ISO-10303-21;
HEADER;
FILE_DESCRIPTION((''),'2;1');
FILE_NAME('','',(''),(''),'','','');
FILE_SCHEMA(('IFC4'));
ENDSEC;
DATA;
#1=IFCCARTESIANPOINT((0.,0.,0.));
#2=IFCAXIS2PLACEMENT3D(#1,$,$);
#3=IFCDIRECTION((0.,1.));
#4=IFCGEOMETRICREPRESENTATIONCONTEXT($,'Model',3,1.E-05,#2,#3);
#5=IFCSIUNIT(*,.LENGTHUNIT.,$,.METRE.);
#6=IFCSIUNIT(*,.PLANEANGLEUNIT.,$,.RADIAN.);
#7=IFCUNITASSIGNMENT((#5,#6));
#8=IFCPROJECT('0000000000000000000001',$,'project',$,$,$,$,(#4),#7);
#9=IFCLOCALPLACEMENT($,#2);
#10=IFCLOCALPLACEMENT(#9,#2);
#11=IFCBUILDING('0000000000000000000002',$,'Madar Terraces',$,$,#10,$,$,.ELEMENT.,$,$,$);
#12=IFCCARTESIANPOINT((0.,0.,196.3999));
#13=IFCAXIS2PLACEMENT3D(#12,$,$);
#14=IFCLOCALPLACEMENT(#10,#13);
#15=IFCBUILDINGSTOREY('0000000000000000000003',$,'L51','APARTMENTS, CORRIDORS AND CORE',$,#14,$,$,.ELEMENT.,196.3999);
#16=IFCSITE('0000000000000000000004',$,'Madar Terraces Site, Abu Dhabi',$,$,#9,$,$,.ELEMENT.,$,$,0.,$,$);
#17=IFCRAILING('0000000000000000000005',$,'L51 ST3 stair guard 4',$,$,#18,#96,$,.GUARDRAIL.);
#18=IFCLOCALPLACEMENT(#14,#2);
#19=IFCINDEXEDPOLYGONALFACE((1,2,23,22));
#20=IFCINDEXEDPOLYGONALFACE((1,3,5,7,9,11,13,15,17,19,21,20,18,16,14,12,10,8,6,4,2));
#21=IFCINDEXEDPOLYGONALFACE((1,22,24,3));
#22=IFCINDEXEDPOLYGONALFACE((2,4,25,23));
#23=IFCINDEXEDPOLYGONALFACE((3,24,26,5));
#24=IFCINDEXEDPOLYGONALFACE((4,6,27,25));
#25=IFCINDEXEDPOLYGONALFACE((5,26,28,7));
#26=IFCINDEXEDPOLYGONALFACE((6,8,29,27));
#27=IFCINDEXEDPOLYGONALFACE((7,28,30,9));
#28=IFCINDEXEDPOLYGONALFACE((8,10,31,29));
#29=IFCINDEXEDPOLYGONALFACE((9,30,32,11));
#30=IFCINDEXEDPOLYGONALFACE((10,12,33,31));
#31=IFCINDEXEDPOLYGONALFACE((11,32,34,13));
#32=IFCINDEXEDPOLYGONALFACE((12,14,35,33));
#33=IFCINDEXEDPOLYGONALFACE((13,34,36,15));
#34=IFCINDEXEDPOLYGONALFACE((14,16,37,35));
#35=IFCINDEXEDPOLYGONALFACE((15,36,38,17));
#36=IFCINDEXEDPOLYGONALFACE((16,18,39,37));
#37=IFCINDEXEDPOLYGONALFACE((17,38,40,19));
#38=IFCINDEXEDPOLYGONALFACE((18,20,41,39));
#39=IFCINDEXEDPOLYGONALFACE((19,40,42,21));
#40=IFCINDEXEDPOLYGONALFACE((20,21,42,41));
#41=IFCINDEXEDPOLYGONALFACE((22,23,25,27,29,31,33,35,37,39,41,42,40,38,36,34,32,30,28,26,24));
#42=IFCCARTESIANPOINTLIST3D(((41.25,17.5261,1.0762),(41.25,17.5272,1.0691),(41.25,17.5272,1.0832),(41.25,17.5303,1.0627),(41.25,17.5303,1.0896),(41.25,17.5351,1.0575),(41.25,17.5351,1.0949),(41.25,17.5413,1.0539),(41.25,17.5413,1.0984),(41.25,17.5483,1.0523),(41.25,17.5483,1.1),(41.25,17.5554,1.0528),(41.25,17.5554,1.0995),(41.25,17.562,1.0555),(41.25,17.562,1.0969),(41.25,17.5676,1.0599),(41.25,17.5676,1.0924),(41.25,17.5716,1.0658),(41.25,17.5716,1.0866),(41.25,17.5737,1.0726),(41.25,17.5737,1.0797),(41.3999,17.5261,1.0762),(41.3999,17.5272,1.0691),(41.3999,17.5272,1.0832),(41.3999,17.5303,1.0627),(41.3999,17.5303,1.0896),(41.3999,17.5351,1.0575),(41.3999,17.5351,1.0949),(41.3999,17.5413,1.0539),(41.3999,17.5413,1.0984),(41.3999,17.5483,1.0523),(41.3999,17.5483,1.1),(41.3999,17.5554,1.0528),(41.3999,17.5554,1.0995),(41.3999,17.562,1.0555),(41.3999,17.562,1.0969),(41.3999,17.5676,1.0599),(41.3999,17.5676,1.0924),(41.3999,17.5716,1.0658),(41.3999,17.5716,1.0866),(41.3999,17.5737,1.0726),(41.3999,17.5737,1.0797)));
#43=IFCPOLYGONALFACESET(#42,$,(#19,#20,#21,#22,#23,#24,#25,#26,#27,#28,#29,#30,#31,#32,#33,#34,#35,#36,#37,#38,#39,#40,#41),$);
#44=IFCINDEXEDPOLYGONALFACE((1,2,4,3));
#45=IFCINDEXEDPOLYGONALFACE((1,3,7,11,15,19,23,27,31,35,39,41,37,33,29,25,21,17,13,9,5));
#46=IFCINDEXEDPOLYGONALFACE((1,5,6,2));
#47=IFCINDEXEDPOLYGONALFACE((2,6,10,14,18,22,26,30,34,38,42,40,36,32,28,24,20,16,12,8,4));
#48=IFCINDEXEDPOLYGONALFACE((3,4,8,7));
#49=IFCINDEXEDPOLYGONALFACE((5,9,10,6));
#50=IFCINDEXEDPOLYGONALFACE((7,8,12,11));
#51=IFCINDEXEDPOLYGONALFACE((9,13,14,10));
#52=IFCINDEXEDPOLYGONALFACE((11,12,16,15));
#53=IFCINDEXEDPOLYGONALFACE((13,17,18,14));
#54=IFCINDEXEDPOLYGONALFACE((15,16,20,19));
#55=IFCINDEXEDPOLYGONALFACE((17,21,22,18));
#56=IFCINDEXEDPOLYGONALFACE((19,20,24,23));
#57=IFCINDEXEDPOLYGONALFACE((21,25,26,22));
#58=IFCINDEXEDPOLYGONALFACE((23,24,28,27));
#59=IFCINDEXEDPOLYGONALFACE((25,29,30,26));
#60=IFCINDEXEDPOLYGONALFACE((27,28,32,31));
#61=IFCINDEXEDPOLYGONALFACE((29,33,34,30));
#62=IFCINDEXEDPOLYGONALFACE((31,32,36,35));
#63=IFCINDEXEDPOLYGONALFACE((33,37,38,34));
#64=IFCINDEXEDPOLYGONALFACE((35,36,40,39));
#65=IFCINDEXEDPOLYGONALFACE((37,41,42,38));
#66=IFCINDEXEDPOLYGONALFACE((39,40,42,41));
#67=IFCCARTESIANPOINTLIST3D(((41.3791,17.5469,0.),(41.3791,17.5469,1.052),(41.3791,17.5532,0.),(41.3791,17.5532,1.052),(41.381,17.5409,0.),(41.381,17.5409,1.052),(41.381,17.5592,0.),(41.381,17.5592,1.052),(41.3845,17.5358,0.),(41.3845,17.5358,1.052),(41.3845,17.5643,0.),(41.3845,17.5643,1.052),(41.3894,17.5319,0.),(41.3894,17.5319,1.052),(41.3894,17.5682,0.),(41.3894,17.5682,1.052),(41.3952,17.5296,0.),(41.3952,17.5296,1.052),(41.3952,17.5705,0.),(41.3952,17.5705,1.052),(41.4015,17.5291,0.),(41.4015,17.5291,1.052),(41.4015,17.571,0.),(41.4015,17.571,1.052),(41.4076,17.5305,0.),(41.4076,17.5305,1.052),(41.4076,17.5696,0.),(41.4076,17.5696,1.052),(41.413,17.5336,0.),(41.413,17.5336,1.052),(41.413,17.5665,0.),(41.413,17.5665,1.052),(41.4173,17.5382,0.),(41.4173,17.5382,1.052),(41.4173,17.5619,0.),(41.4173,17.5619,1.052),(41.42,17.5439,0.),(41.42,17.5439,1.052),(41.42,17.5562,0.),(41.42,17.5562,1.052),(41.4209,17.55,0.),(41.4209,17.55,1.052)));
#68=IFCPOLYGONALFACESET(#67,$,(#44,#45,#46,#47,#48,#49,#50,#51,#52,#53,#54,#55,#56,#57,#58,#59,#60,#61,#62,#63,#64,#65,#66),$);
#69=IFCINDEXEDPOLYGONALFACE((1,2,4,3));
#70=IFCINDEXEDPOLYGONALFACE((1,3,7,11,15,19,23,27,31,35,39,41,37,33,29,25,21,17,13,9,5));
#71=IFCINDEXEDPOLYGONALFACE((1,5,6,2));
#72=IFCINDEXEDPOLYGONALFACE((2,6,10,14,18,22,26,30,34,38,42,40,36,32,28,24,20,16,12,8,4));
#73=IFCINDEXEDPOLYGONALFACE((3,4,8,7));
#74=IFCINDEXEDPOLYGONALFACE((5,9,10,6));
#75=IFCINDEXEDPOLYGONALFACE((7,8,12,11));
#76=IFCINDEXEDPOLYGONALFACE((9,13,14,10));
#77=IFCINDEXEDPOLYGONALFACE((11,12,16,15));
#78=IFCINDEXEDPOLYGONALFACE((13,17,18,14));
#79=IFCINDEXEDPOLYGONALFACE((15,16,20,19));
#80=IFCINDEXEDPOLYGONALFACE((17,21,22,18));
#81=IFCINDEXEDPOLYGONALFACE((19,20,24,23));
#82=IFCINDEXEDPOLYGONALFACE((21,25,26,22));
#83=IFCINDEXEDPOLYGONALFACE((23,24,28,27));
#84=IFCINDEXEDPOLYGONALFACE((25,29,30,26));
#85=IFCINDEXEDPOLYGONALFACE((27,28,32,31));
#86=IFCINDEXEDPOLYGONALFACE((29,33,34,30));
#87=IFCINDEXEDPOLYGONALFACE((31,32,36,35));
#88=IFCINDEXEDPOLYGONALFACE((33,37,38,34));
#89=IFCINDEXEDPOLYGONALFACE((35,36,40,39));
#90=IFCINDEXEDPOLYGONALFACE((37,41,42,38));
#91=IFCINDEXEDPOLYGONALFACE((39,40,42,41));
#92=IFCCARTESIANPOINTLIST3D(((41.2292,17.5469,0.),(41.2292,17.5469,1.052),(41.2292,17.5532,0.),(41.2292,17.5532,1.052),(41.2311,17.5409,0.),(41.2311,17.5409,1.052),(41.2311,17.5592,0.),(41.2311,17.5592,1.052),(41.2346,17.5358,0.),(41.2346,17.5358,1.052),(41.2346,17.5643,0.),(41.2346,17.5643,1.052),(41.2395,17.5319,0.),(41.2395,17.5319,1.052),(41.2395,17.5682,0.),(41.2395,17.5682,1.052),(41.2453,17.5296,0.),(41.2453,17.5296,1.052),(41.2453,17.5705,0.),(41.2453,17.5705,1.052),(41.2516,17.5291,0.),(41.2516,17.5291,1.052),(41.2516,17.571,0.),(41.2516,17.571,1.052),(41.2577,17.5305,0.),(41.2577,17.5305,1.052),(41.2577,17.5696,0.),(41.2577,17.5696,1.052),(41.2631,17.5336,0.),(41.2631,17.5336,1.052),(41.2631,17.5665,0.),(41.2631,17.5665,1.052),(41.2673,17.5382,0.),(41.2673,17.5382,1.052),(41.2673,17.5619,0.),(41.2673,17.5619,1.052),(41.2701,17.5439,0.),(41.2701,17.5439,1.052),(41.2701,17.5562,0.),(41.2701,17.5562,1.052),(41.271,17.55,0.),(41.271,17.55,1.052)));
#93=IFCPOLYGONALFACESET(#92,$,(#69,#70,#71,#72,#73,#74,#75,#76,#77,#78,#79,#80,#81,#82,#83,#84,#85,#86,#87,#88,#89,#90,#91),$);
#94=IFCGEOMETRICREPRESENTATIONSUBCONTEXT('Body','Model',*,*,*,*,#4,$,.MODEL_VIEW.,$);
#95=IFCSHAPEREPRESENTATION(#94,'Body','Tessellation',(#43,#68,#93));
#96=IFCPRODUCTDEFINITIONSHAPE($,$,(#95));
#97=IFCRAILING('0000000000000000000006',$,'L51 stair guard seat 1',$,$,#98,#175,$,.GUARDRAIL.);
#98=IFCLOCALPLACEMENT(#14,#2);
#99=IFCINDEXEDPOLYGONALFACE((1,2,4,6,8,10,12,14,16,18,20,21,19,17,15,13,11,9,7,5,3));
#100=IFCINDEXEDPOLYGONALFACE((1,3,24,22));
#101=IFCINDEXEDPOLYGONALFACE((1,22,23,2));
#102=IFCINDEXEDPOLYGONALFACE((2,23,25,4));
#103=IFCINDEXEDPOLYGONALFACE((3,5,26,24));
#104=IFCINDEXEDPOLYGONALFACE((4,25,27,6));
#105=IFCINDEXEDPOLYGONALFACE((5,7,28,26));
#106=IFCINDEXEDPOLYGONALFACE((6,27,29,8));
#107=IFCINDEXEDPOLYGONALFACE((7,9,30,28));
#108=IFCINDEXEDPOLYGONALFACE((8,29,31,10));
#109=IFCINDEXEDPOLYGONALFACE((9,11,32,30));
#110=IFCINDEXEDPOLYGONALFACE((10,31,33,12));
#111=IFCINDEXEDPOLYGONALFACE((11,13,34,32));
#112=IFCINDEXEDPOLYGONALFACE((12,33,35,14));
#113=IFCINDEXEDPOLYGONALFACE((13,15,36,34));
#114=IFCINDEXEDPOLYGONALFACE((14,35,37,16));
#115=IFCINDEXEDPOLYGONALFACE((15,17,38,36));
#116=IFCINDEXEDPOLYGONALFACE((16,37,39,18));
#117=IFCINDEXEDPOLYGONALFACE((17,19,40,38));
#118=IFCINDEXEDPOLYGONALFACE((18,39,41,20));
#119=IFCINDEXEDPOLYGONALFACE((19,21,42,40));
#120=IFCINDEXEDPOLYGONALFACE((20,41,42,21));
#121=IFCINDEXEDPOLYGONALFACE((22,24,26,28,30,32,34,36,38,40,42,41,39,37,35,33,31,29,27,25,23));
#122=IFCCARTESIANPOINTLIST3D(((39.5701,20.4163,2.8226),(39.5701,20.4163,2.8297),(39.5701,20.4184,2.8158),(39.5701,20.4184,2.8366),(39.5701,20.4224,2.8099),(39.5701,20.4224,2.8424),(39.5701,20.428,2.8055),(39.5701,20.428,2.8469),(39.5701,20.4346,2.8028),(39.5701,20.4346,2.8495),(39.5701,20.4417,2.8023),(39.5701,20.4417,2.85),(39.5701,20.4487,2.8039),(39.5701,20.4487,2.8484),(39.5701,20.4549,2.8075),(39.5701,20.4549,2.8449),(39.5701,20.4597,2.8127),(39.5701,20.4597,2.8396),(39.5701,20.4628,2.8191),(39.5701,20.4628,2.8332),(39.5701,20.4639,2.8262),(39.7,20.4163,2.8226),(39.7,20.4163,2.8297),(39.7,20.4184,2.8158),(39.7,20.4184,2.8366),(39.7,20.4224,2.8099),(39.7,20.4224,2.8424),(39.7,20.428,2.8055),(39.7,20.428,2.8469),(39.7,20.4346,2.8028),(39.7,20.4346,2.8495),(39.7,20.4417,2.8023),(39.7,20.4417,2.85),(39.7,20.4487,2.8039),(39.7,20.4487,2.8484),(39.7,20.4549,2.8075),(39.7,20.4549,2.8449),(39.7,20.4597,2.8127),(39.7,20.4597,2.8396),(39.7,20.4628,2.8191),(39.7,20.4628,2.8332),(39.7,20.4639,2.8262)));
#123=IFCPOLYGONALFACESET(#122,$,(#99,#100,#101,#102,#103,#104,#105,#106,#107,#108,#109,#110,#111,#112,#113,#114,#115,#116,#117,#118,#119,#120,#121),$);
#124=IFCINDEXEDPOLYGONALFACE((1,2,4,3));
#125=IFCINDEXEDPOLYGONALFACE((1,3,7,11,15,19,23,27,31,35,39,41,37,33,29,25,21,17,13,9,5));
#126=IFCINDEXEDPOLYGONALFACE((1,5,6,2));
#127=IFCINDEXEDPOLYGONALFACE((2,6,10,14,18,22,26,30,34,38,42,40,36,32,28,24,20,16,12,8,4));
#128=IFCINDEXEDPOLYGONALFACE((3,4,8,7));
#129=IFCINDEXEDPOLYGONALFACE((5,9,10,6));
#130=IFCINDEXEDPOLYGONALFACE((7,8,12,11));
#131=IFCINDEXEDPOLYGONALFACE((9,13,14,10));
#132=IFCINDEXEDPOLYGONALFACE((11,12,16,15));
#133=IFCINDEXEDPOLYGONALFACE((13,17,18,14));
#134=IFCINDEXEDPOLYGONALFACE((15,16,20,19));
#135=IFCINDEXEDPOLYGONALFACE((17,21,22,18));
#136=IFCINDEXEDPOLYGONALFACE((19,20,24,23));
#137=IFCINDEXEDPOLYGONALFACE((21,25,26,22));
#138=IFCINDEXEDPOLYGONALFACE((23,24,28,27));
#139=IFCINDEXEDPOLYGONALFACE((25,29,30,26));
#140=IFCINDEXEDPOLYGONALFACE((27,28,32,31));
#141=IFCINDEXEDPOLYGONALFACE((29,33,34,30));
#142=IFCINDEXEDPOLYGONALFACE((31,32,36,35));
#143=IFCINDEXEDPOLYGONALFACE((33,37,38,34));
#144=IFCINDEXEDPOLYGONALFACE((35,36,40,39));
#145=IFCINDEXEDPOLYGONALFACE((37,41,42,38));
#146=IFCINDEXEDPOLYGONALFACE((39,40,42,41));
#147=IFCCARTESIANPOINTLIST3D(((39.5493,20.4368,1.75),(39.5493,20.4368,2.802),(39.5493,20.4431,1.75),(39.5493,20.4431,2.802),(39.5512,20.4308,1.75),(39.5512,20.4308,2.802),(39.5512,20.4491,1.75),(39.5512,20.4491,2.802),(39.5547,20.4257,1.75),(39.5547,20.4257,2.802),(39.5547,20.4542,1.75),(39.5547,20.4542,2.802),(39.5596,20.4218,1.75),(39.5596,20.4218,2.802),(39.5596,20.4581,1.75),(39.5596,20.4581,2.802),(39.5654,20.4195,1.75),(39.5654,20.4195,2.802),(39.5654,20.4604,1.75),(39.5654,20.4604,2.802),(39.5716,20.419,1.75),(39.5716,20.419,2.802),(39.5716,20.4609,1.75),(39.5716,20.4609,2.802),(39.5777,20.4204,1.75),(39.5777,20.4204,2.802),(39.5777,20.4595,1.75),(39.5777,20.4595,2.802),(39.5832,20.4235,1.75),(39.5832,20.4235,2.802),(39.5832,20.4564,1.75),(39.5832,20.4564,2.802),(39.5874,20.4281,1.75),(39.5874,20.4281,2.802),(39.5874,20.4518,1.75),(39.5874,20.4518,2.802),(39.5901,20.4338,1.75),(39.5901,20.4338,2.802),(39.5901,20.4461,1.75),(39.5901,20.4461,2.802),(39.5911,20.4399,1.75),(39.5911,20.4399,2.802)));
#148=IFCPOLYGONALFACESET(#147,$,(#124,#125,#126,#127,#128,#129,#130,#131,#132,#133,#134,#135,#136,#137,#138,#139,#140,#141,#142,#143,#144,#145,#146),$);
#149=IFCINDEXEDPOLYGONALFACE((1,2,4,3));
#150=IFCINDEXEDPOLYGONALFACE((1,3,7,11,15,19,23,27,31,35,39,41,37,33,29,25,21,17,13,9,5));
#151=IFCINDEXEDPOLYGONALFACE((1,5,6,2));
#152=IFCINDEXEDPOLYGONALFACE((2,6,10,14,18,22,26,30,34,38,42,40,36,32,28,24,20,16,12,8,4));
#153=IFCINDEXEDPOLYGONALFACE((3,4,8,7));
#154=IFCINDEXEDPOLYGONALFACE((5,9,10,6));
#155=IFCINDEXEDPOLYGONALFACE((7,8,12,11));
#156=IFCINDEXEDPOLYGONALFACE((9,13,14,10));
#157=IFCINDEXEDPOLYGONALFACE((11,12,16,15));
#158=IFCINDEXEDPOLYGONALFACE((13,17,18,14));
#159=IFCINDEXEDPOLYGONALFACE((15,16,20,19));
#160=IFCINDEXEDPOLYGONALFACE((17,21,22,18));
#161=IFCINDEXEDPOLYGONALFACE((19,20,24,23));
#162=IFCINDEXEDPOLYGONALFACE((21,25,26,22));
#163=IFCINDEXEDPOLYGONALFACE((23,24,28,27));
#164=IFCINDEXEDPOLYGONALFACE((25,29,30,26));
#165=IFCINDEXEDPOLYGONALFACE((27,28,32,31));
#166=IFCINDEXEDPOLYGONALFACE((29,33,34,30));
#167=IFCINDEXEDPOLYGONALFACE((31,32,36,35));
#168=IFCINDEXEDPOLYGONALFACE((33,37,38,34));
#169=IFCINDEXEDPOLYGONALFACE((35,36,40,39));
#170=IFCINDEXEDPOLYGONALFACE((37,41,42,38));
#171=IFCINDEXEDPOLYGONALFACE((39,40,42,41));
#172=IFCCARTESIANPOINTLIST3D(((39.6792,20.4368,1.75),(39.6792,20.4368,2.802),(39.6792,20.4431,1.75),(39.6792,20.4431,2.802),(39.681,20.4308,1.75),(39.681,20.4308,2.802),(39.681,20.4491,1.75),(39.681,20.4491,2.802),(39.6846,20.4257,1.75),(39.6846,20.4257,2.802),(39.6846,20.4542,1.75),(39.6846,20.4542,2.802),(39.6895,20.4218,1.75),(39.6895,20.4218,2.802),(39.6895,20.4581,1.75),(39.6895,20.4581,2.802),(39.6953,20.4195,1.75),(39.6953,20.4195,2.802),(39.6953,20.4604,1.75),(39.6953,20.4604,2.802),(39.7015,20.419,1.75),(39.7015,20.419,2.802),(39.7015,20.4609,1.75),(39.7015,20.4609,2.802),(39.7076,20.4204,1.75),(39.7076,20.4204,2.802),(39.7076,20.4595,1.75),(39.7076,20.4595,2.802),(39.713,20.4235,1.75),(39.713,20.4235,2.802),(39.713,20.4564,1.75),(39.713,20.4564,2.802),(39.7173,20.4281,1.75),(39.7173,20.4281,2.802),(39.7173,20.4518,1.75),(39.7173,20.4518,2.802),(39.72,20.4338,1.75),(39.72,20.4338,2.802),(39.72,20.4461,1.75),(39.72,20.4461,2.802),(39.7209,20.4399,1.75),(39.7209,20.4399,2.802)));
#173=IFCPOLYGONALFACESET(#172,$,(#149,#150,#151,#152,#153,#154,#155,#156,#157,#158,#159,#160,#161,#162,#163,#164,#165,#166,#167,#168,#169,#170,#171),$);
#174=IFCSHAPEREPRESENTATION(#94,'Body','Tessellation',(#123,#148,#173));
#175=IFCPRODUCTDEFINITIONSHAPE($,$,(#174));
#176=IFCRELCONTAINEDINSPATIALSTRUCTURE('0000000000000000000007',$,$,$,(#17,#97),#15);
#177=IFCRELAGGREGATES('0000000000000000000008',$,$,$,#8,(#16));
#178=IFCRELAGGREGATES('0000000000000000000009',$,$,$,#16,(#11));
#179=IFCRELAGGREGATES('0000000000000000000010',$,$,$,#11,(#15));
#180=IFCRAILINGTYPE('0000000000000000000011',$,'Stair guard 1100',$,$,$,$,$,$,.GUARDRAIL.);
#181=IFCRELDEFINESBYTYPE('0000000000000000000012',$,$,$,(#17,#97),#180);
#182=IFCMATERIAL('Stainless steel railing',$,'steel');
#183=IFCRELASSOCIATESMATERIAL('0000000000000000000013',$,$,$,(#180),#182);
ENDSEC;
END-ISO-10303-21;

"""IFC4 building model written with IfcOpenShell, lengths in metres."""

from ifc_helpers import new_model, si_unit, direction, frame, origin, origin_2d, place, context, subcontext, project, spatial, circle, extrude, material, type_object, element, save


model = new_model("IFC4")

# Units and contexts
model_context = context("Model", 3, precision=1e-05, world=origin(), true_north=direction((0.0, 1.0)))
body_context = subcontext(model_context, "Body", "Model", "MODEL_VIEW")
ifc_project = project(units=[si_unit("LENGTHUNIT", "METRE"), si_unit("PLANEANGLEUNIT", "RADIAN")], contexts=[model_context])

# Site, building, storey
site_placement = place(None, origin())
site = spatial("IfcSite", under=ifc_project, at=site_placement, Name="Madar Terraces Site, Abu Dhabi", CompositionType="ELEMENT", RefElevation=0.0)
building_placement = place(site_placement, origin())
building = spatial("IfcBuilding", under=site, at=building_placement, Name="Madar Terraces", CompositionType="ELEMENT")
storey_placement = place(building_placement, frame((0.0, 0.0, 196.3999)))
storey = spatial("IfcBuildingStorey", under=building, at=storey_placement, Name="L51", Description="APARTMENTS, CORRIDORS AND CORE", CompositionType="ELEMENT", Elevation=196.3999)

# Railings
ifc_material_1 = material(Name="Stainless steel railing", Category="steel")
railing_type_1 = type_object("IfcRailingType", Name="Stair guard 1100", PredefinedType="GUARDRAIL", material=ifc_material_1)
railing_1_placement = place(storey_placement, frame((41.3999, 17.55, 0.0)))
element("IfcRailing", 1, at=railing_1_placement, inside=storey, type_object=railing_type_1, Name="L51 ST3 stair guard 4", PredefinedType="GUARDRAIL", context=body_context, shape_type="SweptSolid", body=[
    extrude(circle(Radius=0.0239, at=origin_2d()), frame((0.0, 0.0, 1.0762), z_axis=(-1.0, 0.0, 0.0), x_axis=(0.0, -1.0, 0.0)), (0.0, 0.0, 1.0), 0.1499),
    extrude(circle(Radius=0.021, at=origin_2d()), origin(), (0.0, 0.0, 1.0), 1.052),
    extrude(circle(Radius=0.021, at=origin_2d()), frame((-0.1499, 0.0, 0.0)), (0.0, 0.0, 1.0), 1.052),
])
railing_2_placement = place(storey_placement, frame((39.5701, 20.4399, 1.75)))
element("IfcRailing", 2, at=railing_2_placement, inside=storey, type_object=railing_type_1, Name="L51 stair guard seat 1", PredefinedType="GUARDRAIL", context=body_context, shape_type="SweptSolid", body=[
    extrude(circle(Radius=0.0239, at=origin_2d()), frame((0.0, 0.0, 1.0762), z_axis=(1.0, 0.0, 0.0), x_axis=(0.0, 1.0, 0.0)), (0.0, 0.0, 1.0), 0.1299),
    extrude(circle(Radius=0.021, at=origin_2d()), origin(), (0.0, 0.0, 1.0), 1.052),
    extrude(circle(Radius=0.021, at=origin_2d()), frame((0.1299, 0.0, 0.0)), (0.0, 0.0, 1.0), 1.052),
])

save(model, "model.ifc")
